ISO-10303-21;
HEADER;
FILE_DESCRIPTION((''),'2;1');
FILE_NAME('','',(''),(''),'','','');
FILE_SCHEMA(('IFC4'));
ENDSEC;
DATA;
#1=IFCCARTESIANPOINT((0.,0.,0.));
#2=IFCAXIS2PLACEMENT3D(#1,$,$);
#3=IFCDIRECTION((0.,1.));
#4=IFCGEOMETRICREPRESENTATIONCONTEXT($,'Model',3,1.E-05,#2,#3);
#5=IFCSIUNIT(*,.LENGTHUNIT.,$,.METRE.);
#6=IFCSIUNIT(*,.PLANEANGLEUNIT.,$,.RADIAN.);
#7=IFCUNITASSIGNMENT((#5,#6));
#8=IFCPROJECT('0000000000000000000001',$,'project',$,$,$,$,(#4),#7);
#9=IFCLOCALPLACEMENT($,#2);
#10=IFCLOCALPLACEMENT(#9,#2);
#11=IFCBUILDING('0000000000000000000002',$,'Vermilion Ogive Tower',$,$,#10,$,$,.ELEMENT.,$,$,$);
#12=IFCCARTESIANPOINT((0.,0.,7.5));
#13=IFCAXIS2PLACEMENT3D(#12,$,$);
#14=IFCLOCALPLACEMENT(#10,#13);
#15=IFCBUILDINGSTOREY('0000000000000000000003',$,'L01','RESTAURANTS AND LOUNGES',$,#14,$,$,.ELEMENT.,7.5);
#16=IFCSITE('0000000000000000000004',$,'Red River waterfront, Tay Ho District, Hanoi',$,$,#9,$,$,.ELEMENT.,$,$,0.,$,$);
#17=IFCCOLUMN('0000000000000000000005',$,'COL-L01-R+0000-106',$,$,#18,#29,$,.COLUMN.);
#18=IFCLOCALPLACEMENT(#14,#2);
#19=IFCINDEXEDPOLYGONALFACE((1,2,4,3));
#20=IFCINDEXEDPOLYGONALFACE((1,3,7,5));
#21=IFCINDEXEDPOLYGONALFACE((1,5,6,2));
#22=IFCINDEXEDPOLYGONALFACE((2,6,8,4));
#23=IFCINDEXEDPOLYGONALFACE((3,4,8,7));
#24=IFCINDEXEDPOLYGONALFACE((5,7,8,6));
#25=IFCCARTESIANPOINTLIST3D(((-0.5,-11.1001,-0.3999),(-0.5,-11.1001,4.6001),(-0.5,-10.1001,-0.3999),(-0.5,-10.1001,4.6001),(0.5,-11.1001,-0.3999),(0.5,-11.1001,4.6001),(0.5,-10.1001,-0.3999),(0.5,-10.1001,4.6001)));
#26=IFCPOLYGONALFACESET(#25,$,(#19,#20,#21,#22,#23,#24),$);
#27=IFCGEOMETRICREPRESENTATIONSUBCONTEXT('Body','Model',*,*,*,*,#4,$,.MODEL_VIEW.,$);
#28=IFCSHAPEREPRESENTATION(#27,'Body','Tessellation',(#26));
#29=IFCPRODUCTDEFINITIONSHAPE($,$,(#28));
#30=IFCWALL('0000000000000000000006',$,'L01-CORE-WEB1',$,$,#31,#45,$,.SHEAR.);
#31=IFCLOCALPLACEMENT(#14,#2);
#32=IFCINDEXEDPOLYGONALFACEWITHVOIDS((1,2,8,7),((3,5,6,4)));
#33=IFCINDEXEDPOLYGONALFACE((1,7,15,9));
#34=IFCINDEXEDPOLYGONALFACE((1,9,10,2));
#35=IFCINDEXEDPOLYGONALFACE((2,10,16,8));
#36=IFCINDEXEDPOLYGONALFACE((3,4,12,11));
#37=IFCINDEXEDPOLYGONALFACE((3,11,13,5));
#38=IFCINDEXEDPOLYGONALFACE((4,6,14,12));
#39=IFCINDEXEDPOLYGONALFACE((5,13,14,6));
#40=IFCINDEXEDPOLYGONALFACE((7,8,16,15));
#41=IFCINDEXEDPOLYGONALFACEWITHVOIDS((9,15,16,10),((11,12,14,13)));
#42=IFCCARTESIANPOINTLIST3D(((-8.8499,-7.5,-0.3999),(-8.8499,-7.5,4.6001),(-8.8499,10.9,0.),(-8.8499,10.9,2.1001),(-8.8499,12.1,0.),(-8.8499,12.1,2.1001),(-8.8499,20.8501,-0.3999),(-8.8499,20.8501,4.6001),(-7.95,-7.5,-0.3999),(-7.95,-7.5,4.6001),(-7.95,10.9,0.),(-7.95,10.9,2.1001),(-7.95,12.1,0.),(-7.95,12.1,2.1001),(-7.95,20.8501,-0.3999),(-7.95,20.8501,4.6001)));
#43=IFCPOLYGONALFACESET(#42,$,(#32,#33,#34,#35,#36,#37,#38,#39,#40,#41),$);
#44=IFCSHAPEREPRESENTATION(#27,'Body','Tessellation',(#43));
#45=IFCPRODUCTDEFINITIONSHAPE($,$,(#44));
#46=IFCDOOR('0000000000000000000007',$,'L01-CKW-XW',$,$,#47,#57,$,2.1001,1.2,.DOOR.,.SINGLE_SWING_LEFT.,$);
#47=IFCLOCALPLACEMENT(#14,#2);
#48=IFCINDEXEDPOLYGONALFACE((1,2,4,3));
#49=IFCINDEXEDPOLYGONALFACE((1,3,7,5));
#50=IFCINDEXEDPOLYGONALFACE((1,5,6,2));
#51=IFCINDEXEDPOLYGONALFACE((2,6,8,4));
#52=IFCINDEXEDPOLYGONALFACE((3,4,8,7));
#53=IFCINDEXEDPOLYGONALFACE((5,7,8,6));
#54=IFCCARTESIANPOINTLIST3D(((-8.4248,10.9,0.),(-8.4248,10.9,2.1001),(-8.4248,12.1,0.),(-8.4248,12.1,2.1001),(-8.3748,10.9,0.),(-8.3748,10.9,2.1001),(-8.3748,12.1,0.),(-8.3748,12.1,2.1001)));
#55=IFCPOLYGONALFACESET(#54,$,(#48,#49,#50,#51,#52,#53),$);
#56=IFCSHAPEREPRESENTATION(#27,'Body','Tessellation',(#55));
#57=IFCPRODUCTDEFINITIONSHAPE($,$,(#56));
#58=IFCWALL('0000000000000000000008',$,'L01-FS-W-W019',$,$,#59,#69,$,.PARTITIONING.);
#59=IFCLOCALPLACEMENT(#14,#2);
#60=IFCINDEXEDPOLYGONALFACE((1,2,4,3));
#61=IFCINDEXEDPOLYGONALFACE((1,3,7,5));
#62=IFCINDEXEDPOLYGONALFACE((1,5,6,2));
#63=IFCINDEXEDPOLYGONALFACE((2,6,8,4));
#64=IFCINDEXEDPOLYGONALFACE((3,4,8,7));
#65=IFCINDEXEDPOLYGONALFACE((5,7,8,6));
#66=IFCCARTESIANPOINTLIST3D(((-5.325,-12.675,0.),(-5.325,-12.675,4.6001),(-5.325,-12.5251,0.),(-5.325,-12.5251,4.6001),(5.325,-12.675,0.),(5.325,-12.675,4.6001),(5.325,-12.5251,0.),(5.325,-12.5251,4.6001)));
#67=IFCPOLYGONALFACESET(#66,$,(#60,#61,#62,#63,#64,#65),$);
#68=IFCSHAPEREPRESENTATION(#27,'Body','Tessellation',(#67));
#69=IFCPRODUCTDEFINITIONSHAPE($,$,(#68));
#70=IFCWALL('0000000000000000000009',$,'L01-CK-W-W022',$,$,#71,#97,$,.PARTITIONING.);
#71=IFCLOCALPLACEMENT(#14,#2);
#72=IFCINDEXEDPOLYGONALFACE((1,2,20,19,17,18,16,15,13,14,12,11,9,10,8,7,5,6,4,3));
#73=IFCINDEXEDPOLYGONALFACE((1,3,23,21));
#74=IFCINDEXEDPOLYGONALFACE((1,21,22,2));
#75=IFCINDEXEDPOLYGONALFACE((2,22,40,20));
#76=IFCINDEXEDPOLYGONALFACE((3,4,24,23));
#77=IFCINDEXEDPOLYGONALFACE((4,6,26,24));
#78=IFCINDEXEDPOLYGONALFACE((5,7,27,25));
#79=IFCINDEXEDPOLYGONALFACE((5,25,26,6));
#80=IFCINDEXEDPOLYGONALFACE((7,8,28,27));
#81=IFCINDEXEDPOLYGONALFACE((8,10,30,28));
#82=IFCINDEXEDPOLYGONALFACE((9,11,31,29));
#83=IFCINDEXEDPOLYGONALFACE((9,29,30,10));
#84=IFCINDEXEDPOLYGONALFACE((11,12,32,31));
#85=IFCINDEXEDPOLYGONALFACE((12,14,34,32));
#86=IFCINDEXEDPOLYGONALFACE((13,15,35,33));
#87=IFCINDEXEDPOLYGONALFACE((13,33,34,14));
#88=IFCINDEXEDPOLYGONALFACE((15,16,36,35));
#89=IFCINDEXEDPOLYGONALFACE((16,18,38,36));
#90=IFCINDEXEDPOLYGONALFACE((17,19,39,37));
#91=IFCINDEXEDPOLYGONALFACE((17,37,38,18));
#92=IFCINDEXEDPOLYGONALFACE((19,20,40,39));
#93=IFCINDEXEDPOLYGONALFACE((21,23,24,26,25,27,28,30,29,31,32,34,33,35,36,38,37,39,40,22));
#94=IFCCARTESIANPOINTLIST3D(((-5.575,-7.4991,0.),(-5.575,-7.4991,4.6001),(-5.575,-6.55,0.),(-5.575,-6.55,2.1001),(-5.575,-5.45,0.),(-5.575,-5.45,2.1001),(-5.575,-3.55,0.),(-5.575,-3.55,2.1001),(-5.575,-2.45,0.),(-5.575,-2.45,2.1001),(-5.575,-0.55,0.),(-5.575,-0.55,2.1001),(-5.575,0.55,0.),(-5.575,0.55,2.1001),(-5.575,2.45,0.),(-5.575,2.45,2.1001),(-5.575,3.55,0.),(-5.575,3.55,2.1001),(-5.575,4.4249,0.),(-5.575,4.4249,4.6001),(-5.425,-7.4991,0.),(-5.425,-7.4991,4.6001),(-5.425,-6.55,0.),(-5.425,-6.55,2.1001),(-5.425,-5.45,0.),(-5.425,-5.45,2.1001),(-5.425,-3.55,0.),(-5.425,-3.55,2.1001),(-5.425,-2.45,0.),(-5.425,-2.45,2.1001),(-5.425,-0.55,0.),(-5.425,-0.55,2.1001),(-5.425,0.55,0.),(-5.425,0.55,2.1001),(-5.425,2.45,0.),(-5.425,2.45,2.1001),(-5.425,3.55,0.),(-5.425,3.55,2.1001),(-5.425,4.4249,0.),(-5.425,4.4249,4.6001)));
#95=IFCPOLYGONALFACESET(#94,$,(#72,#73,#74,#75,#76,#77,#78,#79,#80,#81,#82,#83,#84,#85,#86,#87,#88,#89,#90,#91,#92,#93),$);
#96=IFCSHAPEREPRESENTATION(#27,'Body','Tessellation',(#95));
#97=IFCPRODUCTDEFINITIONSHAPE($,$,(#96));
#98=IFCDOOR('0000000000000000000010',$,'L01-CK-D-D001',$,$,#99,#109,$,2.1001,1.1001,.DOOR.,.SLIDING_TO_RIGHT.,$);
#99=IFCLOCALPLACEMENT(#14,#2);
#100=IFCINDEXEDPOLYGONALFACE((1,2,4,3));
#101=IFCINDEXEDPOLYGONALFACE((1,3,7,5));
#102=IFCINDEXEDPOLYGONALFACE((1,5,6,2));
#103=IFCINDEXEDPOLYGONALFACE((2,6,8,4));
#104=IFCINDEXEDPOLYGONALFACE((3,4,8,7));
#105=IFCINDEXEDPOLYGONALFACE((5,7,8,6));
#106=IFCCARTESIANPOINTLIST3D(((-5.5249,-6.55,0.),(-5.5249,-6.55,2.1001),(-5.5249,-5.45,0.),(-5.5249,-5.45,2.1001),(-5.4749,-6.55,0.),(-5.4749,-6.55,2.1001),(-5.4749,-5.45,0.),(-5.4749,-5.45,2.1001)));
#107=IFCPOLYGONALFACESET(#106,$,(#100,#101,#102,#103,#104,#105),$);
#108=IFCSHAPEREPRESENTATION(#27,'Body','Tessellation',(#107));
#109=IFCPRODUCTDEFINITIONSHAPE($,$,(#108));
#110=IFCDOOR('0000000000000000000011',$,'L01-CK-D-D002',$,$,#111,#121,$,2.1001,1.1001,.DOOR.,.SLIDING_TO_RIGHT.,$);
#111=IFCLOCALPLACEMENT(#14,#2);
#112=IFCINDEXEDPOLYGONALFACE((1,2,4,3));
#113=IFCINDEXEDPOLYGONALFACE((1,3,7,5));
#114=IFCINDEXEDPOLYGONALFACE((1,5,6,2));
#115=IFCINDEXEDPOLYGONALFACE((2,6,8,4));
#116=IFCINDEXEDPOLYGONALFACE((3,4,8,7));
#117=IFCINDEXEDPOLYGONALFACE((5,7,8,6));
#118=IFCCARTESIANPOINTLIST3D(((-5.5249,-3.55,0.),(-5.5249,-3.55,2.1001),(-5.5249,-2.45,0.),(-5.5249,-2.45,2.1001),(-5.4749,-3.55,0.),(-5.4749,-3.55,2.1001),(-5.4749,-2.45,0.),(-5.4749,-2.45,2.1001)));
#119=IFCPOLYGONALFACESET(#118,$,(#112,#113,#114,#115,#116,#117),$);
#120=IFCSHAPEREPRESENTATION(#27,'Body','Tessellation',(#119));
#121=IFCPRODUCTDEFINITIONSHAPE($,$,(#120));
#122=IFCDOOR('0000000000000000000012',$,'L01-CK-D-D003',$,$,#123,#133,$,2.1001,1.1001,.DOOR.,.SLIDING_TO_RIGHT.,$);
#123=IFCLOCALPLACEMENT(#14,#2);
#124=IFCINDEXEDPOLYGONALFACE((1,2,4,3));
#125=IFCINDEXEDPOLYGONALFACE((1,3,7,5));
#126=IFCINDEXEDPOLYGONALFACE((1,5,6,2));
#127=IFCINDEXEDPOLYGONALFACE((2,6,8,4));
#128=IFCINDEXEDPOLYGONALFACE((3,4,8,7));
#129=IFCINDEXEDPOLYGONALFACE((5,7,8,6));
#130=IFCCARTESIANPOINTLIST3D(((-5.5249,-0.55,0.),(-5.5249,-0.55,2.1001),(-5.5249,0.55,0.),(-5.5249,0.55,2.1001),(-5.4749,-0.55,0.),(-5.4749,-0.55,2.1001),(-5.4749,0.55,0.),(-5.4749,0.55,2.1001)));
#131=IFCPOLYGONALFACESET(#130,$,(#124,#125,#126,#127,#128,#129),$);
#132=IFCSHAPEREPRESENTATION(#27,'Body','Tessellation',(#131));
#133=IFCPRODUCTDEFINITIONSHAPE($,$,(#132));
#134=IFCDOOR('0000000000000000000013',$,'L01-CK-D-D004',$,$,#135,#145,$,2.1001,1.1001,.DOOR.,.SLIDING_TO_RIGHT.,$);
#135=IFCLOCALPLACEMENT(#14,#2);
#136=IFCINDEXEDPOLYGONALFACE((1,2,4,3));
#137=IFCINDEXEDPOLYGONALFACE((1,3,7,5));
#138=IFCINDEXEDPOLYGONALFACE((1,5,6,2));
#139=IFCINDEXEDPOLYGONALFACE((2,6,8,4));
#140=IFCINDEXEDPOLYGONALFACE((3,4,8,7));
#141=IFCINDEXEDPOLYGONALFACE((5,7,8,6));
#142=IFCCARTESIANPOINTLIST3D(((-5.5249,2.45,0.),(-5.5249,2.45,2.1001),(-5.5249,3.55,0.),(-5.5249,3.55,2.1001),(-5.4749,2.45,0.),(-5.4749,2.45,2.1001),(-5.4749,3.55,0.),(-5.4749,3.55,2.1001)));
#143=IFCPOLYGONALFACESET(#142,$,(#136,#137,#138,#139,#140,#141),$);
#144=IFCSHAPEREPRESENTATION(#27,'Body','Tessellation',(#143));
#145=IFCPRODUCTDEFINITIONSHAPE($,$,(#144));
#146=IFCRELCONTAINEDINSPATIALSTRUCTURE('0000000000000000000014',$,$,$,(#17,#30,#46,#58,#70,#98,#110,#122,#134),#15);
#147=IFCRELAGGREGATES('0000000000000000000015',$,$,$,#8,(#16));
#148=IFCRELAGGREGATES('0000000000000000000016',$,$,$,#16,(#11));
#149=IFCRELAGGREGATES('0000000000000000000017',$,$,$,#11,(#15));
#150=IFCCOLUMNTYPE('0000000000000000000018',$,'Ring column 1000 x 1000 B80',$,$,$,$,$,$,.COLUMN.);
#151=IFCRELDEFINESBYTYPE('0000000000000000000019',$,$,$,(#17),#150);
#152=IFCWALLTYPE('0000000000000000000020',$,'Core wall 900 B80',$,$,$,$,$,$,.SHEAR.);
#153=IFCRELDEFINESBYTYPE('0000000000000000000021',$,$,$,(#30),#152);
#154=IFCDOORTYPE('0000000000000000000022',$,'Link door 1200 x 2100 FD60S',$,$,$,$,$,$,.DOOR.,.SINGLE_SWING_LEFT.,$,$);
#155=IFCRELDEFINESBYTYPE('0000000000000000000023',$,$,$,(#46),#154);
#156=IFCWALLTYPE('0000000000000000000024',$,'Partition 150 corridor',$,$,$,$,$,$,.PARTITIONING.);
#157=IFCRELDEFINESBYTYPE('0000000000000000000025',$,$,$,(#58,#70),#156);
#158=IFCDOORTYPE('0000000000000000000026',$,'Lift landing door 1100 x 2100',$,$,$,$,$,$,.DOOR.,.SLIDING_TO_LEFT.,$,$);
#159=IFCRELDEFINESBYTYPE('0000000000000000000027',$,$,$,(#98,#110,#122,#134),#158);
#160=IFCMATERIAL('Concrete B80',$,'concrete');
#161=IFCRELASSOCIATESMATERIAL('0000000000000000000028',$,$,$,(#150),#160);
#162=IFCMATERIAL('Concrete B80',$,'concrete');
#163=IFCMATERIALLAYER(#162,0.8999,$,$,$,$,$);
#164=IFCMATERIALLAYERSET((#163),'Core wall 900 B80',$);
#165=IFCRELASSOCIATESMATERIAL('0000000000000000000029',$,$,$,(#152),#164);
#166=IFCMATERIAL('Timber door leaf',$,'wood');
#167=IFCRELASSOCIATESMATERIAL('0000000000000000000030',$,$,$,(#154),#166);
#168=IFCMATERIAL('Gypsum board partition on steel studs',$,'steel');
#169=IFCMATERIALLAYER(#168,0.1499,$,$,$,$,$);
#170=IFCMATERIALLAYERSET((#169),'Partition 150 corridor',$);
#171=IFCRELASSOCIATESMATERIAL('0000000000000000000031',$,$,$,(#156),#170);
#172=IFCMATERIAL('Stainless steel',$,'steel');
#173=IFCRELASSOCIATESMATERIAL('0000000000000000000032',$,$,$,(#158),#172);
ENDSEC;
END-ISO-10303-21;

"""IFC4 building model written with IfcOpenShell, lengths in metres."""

from ifc_helpers import new_model, si_unit, direction, frame, frame_2d, origin, origin_2d, place, context, subcontext, project, spatial, rectangle, extrude, material, layer, layer_set, material_profile, profile_set, type_object, element, fill, save


model = new_model("IFC4")

# Units and contexts
model_context = context("Model", 3, precision=1e-05, world=origin(), true_north=direction((0.0, 1.0)))
body_context = subcontext(model_context, "Body", "Model", "MODEL_VIEW")
ifc_project = project(units=[si_unit("LENGTHUNIT", "METRE"), si_unit("PLANEANGLEUNIT", "RADIAN")], contexts=[model_context])

# Site, building, storey
site_placement = place(None, origin())
site = spatial("IfcSite", under=ifc_project, at=site_placement, Name="Red River waterfront, Tay Ho District, Hanoi", CompositionType="ELEMENT", RefElevation=0.0)
building_placement = place(site_placement, origin())
building = spatial("IfcBuilding", under=site, at=building_placement, Name="Vermilion Ogive Tower", CompositionType="ELEMENT")
storey_placement = place(building_placement, frame((0.0, 0.0, 7.5)))
storey = spatial("IfcBuildingStorey", under=building, at=storey_placement, Name="L01", Description="RESTAURANTS AND LOUNGES", CompositionType="ELEMENT", Elevation=7.5)

# Column
ifc_material_1 = material(Name="Concrete B80", Category="concrete")
ifc_material_profile = material_profile(ifc_material_1, rectangle(XDim=1.0, YDim=1.0, at=origin_2d()), Name="1000 x 1000")
ifc_profile_set = profile_set([ifc_material_profile], Name="Concrete B80")
column_type = type_object("IfcColumnType", Name="Ring column 1000 x 1000 B80", PredefinedType="COLUMN", material=ifc_profile_set)
column_placement = place(storey_placement, frame((0.0, -10.6001, -0.3999), z_axis=(0.0, 0.0, 1.0), x_axis=(1.0, 0.0, 0.0)))
element("IfcColumn", 1, at=column_placement, inside=storey, type_object=column_type, Name="COL-L01-R+0000-106", PredefinedType="COLUMN", context=body_context, shape_type="SweptSolid", body=[
    extrude(rectangle(XDim=1.0, YDim=1.0, at=origin_2d()), origin(), (0.0, 0.0, 1.0), 5.0),
])

# Wall, opening, door
ifc_material_2 = material(Name="Concrete B80", Category="concrete")
ifc_layer_1 = layer(ifc_material_2, 0.8999)
ifc_layer_set_1 = layer_set([ifc_layer_1], Name="Core wall 900 B80")
wall_type_1 = type_object("IfcWallType", Name="Core wall 900 B80", PredefinedType="SHEAR", material=ifc_layer_set_1)
wall_1_placement = place(storey_placement, frame((-8.3999, -7.5, -0.3999), z_axis=(0.0, 0.0, 1.0), x_axis=(0.0, 1.0, 0.0)))
wall_1 = element("IfcWall", 2, at=wall_1_placement, inside=storey, type_object=wall_type_1, Name="L01-CORE-WEB1", PredefinedType="SHEAR", context=body_context, shape_type="SweptSolid", body=[
    extrude(rectangle(XDim=28.3501, YDim=0.8999, at=frame_2d((14.175, 0.0))), origin(), (0.0, 0.0, 1.0), 5.0),
])
opening_1_placement = place(wall_1_placement, frame((18.3999, 0.0, 0.3999)))
opening_1 = element("IfcOpeningElement", 3, at=opening_1_placement, cuts=wall_1, PredefinedType="OPENING", context=body_context, shape_type="SweptSolid", body=[
    extrude(rectangle(XDim=1.2, YDim=2.1001, at=frame_2d((0.6001, 1.05))), frame((0.0, 0.46, 0.0), z_axis=(0.0, -1.0, 0.0), x_axis=(1.0, 0.0, 0.0)), (0.0, 0.0, 1.0), 0.9199),
])
ifc_material_3 = material(Name="Timber door leaf", Category="wood")
door_type_1 = type_object("IfcDoorType", Name="Link door 1200 x 2100 FD60S", OperationType="SINGLE_SWING_LEFT", PredefinedType="DOOR", material=ifc_material_3)
door_1_placement = place(opening_1_placement, origin())
door_1 = element("IfcDoor", 4, at=door_1_placement, inside=storey, type_object=door_type_1, Name="L01-CKW-XW", OperationType="SINGLE_SWING_LEFT", OverallHeight=2.1001, OverallWidth=1.2, PredefinedType="DOOR", context=body_context, shape_type="SweptSolid", body=[
    extrude(rectangle(XDim=1.2, YDim=2.1001, at=frame_2d((0.6001, 1.05))), frame((0.0, 0.0249, 0.0), z_axis=(0.0, -1.0, 0.0), x_axis=(1.0, 0.0, 0.0)), (0.0, 0.0, 1.0), 0.05),
])
fill(opening_1, door_1)

# Wall
ifc_material_4 = material(Name="Gypsum board partition on steel studs", Category="steel")
ifc_layer_2 = layer(ifc_material_4, 0.1499)
ifc_layer_set_2 = layer_set([ifc_layer_2], Name="Partition 150 corridor")
wall_type_2 = type_object("IfcWallType", Name="Partition 150 corridor", PredefinedType="PARTITIONING", material=ifc_layer_set_2)
wall_2_placement = place(storey_placement, frame((-5.325, -12.6001, 0.0), z_axis=(0.0, 0.0, 1.0), x_axis=(1.0, 0.0, 0.0)))
element("IfcWall", 5, at=wall_2_placement, inside=storey, type_object=wall_type_2, Name="L01-FS-W-W019", PredefinedType="PARTITIONING", context=body_context, shape_type="SweptSolid", body=[
    extrude(rectangle(XDim=10.6499, YDim=0.1499, at=frame_2d((5.325, 0.0))), origin(), (0.0, 0.0, 1.0), 4.6001),
])

# Wall, openings, doors
wall_3_placement = place(storey_placement, frame((-5.5, -7.499, 0.0), z_axis=(0.0, 0.0, 1.0), x_axis=(0.0, 1.0, 0.0)))
wall_3 = element("IfcWall", 6, at=wall_3_placement, inside=storey, type_object=wall_type_2, Name="L01-CK-W-W022", PredefinedType="PARTITIONING", context=body_context, shape_type="SweptSolid", body=[
    extrude(rectangle(XDim=11.9241, YDim=0.1499, at=frame_2d((5.9619, 0.0))), origin(), (0.0, 0.0, 1.0), 4.6001),
])
opening_2_placement = place(wall_3_placement, frame((0.949, 0.0, 0.0)))
opening_2 = element("IfcOpeningElement", 7, at=opening_2_placement, cuts=wall_3, PredefinedType="OPENING", context=body_context, shape_type="SweptSolid", body=[
    extrude(rectangle(XDim=1.1001, YDim=2.1001, at=frame_2d((0.55, 1.05))), frame((0.0, 0.085, 0.0), z_axis=(0.0, -1.0, 0.0), x_axis=(1.0, 0.0, 0.0)), (0.0, 0.0, 1.0), 0.1699),
])
opening_3_placement = place(wall_3_placement, frame((3.949, 0.0, 0.0)))
opening_3 = element("IfcOpeningElement", 8, at=opening_3_placement, cuts=wall_3, PredefinedType="OPENING", context=body_context, shape_type="SweptSolid", body=[
    extrude(rectangle(XDim=1.1001, YDim=2.1001, at=frame_2d((0.55, 1.05))), frame((0.0, 0.085, 0.0), z_axis=(0.0, -1.0, 0.0), x_axis=(1.0, 0.0, 0.0)), (0.0, 0.0, 1.0), 0.1699),
])
opening_4_placement = place(wall_3_placement, frame((6.949, 0.0, 0.0)))
opening_4 = element("IfcOpeningElement", 9, at=opening_4_placement, cuts=wall_3, PredefinedType="OPENING", context=body_context, shape_type="SweptSolid", body=[
    extrude(rectangle(XDim=1.1001, YDim=2.1001, at=frame_2d((0.55, 1.05))), frame((0.0, 0.085, 0.0), z_axis=(0.0, -1.0, 0.0), x_axis=(1.0, 0.0, 0.0)), (0.0, 0.0, 1.0), 0.1699),
])
opening_5_placement = place(wall_3_placement, frame((9.949, 0.0, 0.0)))
opening_5 = element("IfcOpeningElement", 10, at=opening_5_placement, cuts=wall_3, PredefinedType="OPENING", context=body_context, shape_type="SweptSolid", body=[
    extrude(rectangle(XDim=1.1001, YDim=2.1001, at=frame_2d((0.55, 1.05))), frame((0.0, 0.085, 0.0), z_axis=(0.0, -1.0, 0.0), x_axis=(1.0, 0.0, 0.0)), (0.0, 0.0, 1.0), 0.1699),
])
ifc_material_5 = material(Name="Stainless steel", Category="steel")
door_type_2 = type_object("IfcDoorType", Name="Lift landing door 1100 x 2100", OperationType="SLIDING_TO_LEFT", PredefinedType="DOOR", material=ifc_material_5)
door_2_placement = place(opening_2_placement, origin())
door_2 = element("IfcDoor", 11, at=door_2_placement, inside=storey, type_object=door_type_2, Name="L01-CK-D-D001", OperationType="SLIDING_TO_RIGHT", OverallHeight=2.1001, OverallWidth=1.1001, PredefinedType="DOOR", context=body_context, shape_type="SweptSolid", body=[
    extrude(rectangle(XDim=1.1001, YDim=2.1001, at=frame_2d((0.55, 1.05))), frame((0.0, 0.0249, 0.0), z_axis=(0.0, -1.0, 0.0), x_axis=(1.0, 0.0, 0.0)), (0.0, 0.0, 1.0), 0.05),
])
fill(opening_2, door_2)
door_3_placement = place(opening_3_placement, origin())
door_3 = element("IfcDoor", 12, at=door_3_placement, inside=storey, type_object=door_type_2, Name="L01-CK-D-D002", OperationType="SLIDING_TO_RIGHT", OverallHeight=2.1001, OverallWidth=1.1001, PredefinedType="DOOR", context=body_context, shape_type="SweptSolid", body=[
    extrude(rectangle(XDim=1.1001, YDim=2.1001, at=frame_2d((0.55, 1.05))), frame((0.0, 0.0249, 0.0), z_axis=(0.0, -1.0, 0.0), x_axis=(1.0, 0.0, 0.0)), (0.0, 0.0, 1.0), 0.05),
])
fill(opening_3, door_3)
door_4_placement = place(opening_4_placement, origin())
door_4 = element("IfcDoor", 13, at=door_4_placement, inside=storey, type_object=door_type_2, Name="L01-CK-D-D003", OperationType="SLIDING_TO_RIGHT", OverallHeight=2.1001, OverallWidth=1.1001, PredefinedType="DOOR", context=body_context, shape_type="SweptSolid", body=[
    extrude(rectangle(XDim=1.1001, YDim=2.1001, at=frame_2d((0.55, 1.05))), frame((0.0, 0.0249, 0.0), z_axis=(0.0, -1.0, 0.0), x_axis=(1.0, 0.0, 0.0)), (0.0, 0.0, 1.0), 0.05),
])
fill(opening_4, door_4)
door_5_placement = place(opening_5_placement, origin())
door_5 = element("IfcDoor", 14, at=door_5_placement, inside=storey, type_object=door_type_2, Name="L01-CK-D-D004", OperationType="SLIDING_TO_RIGHT", OverallHeight=2.1001, OverallWidth=1.1001, PredefinedType="DOOR", context=body_context, shape_type="SweptSolid", body=[
    extrude(rectangle(XDim=1.1001, YDim=2.1001, at=frame_2d((0.55, 1.05))), frame((0.0, 0.0249, 0.0), z_axis=(0.0, -1.0, 0.0), x_axis=(1.0, 0.0, 0.0)), (0.0, 0.0, 1.0), 0.05),
])
fill(opening_5, door_5)

save(model, "model.ifc")
